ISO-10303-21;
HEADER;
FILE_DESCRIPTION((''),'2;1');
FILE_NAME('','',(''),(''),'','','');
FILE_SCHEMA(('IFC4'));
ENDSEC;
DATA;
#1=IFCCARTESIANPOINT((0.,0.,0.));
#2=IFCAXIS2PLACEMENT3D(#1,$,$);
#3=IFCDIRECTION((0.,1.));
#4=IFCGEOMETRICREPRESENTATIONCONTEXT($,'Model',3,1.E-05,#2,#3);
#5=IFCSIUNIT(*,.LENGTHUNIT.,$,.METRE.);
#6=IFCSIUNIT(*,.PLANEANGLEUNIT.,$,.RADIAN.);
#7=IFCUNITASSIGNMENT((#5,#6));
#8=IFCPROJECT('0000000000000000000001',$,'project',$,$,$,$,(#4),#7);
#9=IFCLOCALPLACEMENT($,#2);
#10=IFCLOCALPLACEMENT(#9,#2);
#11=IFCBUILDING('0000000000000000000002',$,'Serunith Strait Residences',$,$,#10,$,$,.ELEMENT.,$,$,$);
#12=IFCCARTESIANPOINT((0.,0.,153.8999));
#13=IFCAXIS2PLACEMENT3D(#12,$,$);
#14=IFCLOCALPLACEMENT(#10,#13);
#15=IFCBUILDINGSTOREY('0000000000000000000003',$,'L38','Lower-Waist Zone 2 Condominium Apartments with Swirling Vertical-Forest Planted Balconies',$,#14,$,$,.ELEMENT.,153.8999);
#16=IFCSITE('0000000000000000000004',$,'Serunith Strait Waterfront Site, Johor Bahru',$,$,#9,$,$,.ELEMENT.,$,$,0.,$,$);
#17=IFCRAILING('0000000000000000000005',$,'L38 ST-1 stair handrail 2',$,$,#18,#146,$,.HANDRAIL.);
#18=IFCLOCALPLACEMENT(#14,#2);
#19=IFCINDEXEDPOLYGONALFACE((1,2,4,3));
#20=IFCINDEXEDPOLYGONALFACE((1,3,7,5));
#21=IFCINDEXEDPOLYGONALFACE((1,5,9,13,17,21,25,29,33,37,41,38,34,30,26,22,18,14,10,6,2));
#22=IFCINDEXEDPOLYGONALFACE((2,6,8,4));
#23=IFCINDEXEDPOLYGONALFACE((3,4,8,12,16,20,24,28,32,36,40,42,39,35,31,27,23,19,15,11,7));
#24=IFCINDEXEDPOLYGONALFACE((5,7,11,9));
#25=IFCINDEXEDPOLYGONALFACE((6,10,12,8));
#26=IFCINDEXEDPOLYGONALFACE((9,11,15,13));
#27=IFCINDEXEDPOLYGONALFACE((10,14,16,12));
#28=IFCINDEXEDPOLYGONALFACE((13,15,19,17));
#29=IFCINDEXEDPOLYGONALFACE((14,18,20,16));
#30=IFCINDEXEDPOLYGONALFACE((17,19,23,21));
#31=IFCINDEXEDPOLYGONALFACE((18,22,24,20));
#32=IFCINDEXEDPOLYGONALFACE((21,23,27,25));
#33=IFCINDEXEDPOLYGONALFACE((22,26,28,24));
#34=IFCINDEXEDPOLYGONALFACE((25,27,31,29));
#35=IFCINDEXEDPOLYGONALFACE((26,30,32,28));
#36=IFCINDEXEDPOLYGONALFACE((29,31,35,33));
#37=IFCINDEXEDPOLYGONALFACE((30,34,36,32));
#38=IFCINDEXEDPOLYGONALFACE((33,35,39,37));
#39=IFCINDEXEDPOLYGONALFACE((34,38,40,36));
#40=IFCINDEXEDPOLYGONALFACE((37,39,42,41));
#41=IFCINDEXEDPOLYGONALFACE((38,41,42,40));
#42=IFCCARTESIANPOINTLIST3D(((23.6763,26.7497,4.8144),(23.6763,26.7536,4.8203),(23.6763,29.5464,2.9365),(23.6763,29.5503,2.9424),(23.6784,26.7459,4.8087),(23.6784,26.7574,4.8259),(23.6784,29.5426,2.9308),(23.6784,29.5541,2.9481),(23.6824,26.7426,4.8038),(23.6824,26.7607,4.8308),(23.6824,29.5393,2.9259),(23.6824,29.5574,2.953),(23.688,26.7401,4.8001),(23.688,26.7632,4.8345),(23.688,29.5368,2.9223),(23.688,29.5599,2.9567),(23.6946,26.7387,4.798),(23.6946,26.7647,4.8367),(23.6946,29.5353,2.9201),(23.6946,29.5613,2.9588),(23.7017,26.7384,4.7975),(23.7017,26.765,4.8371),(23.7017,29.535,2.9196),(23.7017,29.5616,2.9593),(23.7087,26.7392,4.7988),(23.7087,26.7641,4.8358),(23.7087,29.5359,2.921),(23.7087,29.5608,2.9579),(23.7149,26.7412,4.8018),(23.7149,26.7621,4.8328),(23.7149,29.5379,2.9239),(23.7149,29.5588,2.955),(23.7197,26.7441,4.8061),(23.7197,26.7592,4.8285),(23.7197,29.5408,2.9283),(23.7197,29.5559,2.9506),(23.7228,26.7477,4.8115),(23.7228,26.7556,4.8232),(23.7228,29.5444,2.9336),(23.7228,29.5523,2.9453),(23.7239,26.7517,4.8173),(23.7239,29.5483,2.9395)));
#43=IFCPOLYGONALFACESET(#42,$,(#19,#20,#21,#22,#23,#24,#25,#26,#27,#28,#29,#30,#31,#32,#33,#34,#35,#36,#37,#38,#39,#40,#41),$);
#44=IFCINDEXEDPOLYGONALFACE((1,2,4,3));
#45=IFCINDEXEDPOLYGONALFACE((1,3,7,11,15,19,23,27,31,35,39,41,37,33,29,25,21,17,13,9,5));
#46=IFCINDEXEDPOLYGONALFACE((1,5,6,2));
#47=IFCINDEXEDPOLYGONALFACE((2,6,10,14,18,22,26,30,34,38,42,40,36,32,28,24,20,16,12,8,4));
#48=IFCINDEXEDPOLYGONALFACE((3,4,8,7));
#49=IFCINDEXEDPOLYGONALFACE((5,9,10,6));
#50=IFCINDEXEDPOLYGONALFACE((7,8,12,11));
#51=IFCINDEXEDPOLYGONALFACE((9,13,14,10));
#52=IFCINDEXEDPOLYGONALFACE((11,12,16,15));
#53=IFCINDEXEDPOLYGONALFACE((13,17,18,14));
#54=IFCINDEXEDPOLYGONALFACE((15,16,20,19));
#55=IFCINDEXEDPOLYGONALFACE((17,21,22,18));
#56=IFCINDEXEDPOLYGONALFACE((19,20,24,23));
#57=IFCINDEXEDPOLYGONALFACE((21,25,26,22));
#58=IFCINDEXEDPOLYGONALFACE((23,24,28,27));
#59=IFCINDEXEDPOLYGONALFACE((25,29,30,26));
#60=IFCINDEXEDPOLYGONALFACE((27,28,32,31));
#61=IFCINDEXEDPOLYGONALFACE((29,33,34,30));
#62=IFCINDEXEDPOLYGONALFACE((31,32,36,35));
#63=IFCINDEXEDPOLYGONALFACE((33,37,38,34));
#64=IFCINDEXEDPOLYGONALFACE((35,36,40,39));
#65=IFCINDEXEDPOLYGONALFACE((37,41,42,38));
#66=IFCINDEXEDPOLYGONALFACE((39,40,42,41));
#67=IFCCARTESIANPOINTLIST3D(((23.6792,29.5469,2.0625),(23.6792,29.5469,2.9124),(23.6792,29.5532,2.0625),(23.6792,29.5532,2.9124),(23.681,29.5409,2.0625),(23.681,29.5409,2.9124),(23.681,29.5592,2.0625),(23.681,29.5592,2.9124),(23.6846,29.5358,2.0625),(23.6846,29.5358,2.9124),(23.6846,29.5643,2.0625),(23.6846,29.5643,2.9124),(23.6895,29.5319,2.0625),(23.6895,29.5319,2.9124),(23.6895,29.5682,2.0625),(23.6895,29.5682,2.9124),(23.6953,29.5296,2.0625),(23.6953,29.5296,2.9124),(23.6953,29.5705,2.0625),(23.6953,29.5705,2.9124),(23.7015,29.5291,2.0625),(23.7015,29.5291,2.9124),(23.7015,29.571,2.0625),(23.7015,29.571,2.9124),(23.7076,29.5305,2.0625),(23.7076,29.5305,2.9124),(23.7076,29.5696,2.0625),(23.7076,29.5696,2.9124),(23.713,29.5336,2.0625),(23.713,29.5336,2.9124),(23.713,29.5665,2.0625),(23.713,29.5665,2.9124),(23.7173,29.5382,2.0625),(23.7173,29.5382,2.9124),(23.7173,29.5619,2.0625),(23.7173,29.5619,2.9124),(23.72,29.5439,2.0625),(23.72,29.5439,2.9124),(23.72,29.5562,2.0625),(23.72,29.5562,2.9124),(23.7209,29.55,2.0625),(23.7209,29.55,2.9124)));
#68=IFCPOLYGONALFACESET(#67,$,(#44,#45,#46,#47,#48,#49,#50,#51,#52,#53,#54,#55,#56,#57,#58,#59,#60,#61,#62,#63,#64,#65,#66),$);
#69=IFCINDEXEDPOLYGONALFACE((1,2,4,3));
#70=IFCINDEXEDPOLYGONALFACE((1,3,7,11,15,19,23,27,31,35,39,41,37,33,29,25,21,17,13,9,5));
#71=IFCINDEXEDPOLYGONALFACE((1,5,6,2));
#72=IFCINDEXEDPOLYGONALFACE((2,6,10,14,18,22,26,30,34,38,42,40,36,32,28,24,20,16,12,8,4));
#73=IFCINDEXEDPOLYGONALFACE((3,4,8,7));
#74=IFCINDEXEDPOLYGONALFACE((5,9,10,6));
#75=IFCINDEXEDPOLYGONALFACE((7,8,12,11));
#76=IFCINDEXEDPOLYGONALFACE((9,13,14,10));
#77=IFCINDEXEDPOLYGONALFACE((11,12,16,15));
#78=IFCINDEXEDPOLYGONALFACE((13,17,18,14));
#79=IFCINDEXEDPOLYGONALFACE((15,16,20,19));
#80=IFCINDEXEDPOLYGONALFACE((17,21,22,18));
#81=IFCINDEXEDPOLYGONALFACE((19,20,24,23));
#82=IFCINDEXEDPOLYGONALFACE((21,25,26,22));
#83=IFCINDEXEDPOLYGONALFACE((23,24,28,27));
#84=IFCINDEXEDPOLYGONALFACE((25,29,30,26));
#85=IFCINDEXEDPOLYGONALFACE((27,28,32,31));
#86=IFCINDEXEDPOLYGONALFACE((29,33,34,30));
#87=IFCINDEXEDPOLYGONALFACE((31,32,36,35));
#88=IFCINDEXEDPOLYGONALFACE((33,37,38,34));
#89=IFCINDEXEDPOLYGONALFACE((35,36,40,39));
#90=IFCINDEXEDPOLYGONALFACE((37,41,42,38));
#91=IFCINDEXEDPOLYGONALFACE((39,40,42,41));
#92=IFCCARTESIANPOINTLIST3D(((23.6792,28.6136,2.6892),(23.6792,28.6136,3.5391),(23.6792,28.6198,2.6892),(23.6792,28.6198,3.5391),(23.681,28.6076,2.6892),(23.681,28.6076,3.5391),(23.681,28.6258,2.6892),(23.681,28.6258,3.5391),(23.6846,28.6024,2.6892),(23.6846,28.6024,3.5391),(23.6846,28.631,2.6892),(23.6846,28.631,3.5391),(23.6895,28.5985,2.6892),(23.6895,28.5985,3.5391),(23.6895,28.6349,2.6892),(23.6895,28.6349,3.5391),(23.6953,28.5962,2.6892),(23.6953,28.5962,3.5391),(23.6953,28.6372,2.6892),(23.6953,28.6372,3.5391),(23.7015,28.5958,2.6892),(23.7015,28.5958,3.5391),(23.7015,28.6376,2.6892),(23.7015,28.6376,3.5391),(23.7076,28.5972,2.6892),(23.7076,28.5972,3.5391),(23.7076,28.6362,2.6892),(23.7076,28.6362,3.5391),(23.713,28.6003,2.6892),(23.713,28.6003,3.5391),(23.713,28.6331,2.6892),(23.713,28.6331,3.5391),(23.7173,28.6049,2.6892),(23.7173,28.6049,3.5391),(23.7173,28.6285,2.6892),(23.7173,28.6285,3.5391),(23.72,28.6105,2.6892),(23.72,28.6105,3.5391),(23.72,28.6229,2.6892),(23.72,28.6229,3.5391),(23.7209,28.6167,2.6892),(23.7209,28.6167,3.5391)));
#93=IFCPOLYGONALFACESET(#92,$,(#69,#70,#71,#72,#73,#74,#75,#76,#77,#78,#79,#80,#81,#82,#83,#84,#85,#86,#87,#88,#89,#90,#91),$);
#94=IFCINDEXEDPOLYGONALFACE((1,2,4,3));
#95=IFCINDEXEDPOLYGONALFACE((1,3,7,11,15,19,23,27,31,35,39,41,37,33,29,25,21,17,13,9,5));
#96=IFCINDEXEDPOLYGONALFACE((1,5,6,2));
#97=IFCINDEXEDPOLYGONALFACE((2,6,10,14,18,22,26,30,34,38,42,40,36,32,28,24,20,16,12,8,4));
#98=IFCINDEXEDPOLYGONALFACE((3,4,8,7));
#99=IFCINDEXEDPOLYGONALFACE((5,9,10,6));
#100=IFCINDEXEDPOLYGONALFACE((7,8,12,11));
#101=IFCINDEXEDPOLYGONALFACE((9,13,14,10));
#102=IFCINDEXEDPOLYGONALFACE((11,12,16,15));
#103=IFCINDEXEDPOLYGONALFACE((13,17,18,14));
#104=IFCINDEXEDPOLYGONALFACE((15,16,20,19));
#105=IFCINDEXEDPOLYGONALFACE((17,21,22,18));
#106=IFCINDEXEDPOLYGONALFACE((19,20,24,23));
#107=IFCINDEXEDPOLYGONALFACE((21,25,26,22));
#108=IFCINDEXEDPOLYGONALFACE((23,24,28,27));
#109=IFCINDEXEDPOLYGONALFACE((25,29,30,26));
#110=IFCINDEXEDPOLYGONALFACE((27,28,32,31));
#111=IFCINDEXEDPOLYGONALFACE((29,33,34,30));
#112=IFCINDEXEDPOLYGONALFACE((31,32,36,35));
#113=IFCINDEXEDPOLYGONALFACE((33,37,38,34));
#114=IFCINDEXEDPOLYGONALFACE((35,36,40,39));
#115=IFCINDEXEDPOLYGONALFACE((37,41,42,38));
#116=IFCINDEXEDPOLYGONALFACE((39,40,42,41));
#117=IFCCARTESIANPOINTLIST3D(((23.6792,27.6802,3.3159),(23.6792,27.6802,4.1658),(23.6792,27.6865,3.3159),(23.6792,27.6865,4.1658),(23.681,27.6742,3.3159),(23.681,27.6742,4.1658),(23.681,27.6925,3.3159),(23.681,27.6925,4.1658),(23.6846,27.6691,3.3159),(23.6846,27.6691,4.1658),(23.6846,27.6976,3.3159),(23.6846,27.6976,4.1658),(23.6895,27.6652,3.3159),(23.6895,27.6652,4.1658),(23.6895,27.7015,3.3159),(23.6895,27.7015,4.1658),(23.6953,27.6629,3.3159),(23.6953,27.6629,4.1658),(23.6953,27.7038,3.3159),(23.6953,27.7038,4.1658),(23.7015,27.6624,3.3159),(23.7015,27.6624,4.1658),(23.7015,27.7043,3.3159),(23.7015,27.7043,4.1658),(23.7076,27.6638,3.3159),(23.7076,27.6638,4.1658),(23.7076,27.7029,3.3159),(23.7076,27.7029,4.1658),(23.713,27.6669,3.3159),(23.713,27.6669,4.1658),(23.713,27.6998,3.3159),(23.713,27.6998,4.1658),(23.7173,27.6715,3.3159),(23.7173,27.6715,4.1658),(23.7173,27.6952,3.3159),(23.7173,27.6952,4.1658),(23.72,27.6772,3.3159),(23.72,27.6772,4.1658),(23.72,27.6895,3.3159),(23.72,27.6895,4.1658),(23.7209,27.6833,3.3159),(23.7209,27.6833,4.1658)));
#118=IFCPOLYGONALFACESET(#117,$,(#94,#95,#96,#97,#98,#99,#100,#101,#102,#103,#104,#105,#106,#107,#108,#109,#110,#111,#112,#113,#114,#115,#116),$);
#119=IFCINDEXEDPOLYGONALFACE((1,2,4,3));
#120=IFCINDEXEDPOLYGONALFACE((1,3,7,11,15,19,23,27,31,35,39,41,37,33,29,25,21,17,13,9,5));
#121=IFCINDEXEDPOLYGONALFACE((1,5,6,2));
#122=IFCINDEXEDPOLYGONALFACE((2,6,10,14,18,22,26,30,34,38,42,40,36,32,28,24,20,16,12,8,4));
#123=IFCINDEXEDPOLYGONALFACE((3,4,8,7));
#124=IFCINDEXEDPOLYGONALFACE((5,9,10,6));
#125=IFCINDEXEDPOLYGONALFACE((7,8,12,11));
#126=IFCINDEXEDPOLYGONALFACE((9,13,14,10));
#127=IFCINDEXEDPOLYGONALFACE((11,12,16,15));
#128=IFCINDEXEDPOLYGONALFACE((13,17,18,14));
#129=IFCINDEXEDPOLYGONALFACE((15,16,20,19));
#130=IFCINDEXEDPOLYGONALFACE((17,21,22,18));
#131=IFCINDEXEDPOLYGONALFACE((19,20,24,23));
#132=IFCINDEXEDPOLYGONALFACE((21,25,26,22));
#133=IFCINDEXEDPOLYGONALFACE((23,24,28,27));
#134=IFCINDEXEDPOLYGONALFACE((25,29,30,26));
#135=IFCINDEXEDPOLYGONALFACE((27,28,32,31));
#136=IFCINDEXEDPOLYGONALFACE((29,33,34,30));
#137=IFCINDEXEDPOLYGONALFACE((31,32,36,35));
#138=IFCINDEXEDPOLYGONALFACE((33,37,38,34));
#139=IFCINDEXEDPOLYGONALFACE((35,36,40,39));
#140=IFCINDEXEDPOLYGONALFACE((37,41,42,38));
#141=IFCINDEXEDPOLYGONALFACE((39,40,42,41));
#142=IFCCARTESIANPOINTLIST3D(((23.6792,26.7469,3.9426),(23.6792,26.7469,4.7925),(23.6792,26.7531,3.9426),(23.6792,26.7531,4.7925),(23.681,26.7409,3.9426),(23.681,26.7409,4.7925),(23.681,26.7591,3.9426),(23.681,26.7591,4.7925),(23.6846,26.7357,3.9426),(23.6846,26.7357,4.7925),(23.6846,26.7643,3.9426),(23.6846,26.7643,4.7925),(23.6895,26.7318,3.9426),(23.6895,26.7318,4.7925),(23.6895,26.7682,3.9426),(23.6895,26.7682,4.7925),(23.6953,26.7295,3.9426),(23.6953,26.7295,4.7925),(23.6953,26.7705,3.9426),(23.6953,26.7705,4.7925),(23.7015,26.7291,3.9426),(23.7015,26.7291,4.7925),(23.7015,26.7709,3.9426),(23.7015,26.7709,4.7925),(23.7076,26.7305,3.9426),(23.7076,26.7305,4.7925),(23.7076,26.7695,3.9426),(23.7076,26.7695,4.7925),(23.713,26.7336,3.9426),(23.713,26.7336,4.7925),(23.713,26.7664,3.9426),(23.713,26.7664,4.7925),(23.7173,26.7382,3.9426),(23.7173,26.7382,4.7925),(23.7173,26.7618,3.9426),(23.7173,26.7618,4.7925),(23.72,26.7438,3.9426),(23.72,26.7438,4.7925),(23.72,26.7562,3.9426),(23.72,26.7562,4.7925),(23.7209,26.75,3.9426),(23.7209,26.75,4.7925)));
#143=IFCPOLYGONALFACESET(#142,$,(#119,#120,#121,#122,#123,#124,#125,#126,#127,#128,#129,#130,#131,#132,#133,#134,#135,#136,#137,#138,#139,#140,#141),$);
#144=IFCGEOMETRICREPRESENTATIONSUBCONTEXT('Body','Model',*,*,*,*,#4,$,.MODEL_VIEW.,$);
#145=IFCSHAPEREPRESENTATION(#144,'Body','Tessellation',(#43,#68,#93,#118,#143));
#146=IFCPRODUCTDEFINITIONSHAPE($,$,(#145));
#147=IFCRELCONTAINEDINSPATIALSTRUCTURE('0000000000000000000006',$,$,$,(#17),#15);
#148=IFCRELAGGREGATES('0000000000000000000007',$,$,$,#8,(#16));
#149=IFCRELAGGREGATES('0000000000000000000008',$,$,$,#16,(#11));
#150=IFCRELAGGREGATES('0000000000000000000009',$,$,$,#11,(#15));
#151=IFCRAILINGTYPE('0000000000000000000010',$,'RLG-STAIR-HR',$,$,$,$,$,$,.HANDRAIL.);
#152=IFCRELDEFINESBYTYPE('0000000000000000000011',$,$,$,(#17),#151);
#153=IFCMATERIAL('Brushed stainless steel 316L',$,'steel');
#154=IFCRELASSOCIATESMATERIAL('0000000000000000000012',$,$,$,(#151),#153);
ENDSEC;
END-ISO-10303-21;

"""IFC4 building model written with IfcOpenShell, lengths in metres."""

from ifc_helpers import new_model, si_unit, direction, frame, origin, origin_2d, place, context, subcontext, project, spatial, circle, extrude, material, type_object, element, save


model = new_model("IFC4")

# Units and contexts
model_context = context("Model", 3, precision=1e-05, world=origin(), true_north=direction((0.0, 1.0)))
body_context = subcontext(model_context, "Body", "Model", "MODEL_VIEW")
ifc_project = project(units=[si_unit("LENGTHUNIT", "METRE"), si_unit("PLANEANGLEUNIT", "RADIAN")], contexts=[model_context])

# Site, building, storey
site_placement = place(None, origin())
site = spatial("IfcSite", under=ifc_project, at=site_placement, Name="Serunith Strait Waterfront Site, Johor Bahru", CompositionType="ELEMENT", RefElevation=0.0)
building_placement = place(site_placement, origin())
building = spatial("IfcBuilding", under=site, at=building_placement, Name="Serunith Strait Residences", CompositionType="ELEMENT")
storey_placement = place(building_placement, frame((0.0, 0.0, 153.8999)))
storey = spatial("IfcBuildingStorey", under=building, at=storey_placement, Name="L38", Description="Lower-Waist Zone 2 Condominium Apartments with Swirling Vertical-Forest Planted Balconies", CompositionType="ELEMENT", Elevation=153.8999)

# Railing
ifc_material_1 = material(Name="Brushed stainless steel 316L", Category="steel")
railing_type_1 = type_object("IfcRailingType", Name="RLG-STAIR-HR", PredefinedType="HANDRAIL", material=ifc_material_1)
railing_1_placement = place(storey_placement, frame((23.7, 29.55, 2.0625)))
element("IfcRailing", 1, at=railing_1_placement, inside=storey, type_object=railing_type_1, Name="L38 ST-1 stair handrail 2", PredefinedType="HANDRAIL", context=body_context, shape_type="SweptSolid", body=[
    extrude(circle(Radius=0.0239, at=origin_2d()), frame((0.0, -0.0017, 0.877), z_axis=(0.0, -0.830208, 0.557453), x_axis=(1.0, 0.0, 0.0)), (0.0, 0.0, 1.0), 3.3687),
    extrude(circle(Radius=0.021, at=origin_2d()), origin(), (0.0, 0.0, 1.0), 0.8499),
    extrude(circle(Radius=0.021, at=origin_2d()), frame((0.0, -0.9333, 0.6267)), (0.0, 0.0, 1.0), 0.8499),
    extrude(circle(Radius=0.021, at=origin_2d()), frame((0.0, -1.8667, 1.2534)), (0.0, 0.0, 1.0), 0.8499),
    extrude(circle(Radius=0.021, at=origin_2d()), frame((0.0, -2.8, 1.8801)), (0.0, 0.0, 1.0), 0.8499),
])

save(model, "model.ifc")
